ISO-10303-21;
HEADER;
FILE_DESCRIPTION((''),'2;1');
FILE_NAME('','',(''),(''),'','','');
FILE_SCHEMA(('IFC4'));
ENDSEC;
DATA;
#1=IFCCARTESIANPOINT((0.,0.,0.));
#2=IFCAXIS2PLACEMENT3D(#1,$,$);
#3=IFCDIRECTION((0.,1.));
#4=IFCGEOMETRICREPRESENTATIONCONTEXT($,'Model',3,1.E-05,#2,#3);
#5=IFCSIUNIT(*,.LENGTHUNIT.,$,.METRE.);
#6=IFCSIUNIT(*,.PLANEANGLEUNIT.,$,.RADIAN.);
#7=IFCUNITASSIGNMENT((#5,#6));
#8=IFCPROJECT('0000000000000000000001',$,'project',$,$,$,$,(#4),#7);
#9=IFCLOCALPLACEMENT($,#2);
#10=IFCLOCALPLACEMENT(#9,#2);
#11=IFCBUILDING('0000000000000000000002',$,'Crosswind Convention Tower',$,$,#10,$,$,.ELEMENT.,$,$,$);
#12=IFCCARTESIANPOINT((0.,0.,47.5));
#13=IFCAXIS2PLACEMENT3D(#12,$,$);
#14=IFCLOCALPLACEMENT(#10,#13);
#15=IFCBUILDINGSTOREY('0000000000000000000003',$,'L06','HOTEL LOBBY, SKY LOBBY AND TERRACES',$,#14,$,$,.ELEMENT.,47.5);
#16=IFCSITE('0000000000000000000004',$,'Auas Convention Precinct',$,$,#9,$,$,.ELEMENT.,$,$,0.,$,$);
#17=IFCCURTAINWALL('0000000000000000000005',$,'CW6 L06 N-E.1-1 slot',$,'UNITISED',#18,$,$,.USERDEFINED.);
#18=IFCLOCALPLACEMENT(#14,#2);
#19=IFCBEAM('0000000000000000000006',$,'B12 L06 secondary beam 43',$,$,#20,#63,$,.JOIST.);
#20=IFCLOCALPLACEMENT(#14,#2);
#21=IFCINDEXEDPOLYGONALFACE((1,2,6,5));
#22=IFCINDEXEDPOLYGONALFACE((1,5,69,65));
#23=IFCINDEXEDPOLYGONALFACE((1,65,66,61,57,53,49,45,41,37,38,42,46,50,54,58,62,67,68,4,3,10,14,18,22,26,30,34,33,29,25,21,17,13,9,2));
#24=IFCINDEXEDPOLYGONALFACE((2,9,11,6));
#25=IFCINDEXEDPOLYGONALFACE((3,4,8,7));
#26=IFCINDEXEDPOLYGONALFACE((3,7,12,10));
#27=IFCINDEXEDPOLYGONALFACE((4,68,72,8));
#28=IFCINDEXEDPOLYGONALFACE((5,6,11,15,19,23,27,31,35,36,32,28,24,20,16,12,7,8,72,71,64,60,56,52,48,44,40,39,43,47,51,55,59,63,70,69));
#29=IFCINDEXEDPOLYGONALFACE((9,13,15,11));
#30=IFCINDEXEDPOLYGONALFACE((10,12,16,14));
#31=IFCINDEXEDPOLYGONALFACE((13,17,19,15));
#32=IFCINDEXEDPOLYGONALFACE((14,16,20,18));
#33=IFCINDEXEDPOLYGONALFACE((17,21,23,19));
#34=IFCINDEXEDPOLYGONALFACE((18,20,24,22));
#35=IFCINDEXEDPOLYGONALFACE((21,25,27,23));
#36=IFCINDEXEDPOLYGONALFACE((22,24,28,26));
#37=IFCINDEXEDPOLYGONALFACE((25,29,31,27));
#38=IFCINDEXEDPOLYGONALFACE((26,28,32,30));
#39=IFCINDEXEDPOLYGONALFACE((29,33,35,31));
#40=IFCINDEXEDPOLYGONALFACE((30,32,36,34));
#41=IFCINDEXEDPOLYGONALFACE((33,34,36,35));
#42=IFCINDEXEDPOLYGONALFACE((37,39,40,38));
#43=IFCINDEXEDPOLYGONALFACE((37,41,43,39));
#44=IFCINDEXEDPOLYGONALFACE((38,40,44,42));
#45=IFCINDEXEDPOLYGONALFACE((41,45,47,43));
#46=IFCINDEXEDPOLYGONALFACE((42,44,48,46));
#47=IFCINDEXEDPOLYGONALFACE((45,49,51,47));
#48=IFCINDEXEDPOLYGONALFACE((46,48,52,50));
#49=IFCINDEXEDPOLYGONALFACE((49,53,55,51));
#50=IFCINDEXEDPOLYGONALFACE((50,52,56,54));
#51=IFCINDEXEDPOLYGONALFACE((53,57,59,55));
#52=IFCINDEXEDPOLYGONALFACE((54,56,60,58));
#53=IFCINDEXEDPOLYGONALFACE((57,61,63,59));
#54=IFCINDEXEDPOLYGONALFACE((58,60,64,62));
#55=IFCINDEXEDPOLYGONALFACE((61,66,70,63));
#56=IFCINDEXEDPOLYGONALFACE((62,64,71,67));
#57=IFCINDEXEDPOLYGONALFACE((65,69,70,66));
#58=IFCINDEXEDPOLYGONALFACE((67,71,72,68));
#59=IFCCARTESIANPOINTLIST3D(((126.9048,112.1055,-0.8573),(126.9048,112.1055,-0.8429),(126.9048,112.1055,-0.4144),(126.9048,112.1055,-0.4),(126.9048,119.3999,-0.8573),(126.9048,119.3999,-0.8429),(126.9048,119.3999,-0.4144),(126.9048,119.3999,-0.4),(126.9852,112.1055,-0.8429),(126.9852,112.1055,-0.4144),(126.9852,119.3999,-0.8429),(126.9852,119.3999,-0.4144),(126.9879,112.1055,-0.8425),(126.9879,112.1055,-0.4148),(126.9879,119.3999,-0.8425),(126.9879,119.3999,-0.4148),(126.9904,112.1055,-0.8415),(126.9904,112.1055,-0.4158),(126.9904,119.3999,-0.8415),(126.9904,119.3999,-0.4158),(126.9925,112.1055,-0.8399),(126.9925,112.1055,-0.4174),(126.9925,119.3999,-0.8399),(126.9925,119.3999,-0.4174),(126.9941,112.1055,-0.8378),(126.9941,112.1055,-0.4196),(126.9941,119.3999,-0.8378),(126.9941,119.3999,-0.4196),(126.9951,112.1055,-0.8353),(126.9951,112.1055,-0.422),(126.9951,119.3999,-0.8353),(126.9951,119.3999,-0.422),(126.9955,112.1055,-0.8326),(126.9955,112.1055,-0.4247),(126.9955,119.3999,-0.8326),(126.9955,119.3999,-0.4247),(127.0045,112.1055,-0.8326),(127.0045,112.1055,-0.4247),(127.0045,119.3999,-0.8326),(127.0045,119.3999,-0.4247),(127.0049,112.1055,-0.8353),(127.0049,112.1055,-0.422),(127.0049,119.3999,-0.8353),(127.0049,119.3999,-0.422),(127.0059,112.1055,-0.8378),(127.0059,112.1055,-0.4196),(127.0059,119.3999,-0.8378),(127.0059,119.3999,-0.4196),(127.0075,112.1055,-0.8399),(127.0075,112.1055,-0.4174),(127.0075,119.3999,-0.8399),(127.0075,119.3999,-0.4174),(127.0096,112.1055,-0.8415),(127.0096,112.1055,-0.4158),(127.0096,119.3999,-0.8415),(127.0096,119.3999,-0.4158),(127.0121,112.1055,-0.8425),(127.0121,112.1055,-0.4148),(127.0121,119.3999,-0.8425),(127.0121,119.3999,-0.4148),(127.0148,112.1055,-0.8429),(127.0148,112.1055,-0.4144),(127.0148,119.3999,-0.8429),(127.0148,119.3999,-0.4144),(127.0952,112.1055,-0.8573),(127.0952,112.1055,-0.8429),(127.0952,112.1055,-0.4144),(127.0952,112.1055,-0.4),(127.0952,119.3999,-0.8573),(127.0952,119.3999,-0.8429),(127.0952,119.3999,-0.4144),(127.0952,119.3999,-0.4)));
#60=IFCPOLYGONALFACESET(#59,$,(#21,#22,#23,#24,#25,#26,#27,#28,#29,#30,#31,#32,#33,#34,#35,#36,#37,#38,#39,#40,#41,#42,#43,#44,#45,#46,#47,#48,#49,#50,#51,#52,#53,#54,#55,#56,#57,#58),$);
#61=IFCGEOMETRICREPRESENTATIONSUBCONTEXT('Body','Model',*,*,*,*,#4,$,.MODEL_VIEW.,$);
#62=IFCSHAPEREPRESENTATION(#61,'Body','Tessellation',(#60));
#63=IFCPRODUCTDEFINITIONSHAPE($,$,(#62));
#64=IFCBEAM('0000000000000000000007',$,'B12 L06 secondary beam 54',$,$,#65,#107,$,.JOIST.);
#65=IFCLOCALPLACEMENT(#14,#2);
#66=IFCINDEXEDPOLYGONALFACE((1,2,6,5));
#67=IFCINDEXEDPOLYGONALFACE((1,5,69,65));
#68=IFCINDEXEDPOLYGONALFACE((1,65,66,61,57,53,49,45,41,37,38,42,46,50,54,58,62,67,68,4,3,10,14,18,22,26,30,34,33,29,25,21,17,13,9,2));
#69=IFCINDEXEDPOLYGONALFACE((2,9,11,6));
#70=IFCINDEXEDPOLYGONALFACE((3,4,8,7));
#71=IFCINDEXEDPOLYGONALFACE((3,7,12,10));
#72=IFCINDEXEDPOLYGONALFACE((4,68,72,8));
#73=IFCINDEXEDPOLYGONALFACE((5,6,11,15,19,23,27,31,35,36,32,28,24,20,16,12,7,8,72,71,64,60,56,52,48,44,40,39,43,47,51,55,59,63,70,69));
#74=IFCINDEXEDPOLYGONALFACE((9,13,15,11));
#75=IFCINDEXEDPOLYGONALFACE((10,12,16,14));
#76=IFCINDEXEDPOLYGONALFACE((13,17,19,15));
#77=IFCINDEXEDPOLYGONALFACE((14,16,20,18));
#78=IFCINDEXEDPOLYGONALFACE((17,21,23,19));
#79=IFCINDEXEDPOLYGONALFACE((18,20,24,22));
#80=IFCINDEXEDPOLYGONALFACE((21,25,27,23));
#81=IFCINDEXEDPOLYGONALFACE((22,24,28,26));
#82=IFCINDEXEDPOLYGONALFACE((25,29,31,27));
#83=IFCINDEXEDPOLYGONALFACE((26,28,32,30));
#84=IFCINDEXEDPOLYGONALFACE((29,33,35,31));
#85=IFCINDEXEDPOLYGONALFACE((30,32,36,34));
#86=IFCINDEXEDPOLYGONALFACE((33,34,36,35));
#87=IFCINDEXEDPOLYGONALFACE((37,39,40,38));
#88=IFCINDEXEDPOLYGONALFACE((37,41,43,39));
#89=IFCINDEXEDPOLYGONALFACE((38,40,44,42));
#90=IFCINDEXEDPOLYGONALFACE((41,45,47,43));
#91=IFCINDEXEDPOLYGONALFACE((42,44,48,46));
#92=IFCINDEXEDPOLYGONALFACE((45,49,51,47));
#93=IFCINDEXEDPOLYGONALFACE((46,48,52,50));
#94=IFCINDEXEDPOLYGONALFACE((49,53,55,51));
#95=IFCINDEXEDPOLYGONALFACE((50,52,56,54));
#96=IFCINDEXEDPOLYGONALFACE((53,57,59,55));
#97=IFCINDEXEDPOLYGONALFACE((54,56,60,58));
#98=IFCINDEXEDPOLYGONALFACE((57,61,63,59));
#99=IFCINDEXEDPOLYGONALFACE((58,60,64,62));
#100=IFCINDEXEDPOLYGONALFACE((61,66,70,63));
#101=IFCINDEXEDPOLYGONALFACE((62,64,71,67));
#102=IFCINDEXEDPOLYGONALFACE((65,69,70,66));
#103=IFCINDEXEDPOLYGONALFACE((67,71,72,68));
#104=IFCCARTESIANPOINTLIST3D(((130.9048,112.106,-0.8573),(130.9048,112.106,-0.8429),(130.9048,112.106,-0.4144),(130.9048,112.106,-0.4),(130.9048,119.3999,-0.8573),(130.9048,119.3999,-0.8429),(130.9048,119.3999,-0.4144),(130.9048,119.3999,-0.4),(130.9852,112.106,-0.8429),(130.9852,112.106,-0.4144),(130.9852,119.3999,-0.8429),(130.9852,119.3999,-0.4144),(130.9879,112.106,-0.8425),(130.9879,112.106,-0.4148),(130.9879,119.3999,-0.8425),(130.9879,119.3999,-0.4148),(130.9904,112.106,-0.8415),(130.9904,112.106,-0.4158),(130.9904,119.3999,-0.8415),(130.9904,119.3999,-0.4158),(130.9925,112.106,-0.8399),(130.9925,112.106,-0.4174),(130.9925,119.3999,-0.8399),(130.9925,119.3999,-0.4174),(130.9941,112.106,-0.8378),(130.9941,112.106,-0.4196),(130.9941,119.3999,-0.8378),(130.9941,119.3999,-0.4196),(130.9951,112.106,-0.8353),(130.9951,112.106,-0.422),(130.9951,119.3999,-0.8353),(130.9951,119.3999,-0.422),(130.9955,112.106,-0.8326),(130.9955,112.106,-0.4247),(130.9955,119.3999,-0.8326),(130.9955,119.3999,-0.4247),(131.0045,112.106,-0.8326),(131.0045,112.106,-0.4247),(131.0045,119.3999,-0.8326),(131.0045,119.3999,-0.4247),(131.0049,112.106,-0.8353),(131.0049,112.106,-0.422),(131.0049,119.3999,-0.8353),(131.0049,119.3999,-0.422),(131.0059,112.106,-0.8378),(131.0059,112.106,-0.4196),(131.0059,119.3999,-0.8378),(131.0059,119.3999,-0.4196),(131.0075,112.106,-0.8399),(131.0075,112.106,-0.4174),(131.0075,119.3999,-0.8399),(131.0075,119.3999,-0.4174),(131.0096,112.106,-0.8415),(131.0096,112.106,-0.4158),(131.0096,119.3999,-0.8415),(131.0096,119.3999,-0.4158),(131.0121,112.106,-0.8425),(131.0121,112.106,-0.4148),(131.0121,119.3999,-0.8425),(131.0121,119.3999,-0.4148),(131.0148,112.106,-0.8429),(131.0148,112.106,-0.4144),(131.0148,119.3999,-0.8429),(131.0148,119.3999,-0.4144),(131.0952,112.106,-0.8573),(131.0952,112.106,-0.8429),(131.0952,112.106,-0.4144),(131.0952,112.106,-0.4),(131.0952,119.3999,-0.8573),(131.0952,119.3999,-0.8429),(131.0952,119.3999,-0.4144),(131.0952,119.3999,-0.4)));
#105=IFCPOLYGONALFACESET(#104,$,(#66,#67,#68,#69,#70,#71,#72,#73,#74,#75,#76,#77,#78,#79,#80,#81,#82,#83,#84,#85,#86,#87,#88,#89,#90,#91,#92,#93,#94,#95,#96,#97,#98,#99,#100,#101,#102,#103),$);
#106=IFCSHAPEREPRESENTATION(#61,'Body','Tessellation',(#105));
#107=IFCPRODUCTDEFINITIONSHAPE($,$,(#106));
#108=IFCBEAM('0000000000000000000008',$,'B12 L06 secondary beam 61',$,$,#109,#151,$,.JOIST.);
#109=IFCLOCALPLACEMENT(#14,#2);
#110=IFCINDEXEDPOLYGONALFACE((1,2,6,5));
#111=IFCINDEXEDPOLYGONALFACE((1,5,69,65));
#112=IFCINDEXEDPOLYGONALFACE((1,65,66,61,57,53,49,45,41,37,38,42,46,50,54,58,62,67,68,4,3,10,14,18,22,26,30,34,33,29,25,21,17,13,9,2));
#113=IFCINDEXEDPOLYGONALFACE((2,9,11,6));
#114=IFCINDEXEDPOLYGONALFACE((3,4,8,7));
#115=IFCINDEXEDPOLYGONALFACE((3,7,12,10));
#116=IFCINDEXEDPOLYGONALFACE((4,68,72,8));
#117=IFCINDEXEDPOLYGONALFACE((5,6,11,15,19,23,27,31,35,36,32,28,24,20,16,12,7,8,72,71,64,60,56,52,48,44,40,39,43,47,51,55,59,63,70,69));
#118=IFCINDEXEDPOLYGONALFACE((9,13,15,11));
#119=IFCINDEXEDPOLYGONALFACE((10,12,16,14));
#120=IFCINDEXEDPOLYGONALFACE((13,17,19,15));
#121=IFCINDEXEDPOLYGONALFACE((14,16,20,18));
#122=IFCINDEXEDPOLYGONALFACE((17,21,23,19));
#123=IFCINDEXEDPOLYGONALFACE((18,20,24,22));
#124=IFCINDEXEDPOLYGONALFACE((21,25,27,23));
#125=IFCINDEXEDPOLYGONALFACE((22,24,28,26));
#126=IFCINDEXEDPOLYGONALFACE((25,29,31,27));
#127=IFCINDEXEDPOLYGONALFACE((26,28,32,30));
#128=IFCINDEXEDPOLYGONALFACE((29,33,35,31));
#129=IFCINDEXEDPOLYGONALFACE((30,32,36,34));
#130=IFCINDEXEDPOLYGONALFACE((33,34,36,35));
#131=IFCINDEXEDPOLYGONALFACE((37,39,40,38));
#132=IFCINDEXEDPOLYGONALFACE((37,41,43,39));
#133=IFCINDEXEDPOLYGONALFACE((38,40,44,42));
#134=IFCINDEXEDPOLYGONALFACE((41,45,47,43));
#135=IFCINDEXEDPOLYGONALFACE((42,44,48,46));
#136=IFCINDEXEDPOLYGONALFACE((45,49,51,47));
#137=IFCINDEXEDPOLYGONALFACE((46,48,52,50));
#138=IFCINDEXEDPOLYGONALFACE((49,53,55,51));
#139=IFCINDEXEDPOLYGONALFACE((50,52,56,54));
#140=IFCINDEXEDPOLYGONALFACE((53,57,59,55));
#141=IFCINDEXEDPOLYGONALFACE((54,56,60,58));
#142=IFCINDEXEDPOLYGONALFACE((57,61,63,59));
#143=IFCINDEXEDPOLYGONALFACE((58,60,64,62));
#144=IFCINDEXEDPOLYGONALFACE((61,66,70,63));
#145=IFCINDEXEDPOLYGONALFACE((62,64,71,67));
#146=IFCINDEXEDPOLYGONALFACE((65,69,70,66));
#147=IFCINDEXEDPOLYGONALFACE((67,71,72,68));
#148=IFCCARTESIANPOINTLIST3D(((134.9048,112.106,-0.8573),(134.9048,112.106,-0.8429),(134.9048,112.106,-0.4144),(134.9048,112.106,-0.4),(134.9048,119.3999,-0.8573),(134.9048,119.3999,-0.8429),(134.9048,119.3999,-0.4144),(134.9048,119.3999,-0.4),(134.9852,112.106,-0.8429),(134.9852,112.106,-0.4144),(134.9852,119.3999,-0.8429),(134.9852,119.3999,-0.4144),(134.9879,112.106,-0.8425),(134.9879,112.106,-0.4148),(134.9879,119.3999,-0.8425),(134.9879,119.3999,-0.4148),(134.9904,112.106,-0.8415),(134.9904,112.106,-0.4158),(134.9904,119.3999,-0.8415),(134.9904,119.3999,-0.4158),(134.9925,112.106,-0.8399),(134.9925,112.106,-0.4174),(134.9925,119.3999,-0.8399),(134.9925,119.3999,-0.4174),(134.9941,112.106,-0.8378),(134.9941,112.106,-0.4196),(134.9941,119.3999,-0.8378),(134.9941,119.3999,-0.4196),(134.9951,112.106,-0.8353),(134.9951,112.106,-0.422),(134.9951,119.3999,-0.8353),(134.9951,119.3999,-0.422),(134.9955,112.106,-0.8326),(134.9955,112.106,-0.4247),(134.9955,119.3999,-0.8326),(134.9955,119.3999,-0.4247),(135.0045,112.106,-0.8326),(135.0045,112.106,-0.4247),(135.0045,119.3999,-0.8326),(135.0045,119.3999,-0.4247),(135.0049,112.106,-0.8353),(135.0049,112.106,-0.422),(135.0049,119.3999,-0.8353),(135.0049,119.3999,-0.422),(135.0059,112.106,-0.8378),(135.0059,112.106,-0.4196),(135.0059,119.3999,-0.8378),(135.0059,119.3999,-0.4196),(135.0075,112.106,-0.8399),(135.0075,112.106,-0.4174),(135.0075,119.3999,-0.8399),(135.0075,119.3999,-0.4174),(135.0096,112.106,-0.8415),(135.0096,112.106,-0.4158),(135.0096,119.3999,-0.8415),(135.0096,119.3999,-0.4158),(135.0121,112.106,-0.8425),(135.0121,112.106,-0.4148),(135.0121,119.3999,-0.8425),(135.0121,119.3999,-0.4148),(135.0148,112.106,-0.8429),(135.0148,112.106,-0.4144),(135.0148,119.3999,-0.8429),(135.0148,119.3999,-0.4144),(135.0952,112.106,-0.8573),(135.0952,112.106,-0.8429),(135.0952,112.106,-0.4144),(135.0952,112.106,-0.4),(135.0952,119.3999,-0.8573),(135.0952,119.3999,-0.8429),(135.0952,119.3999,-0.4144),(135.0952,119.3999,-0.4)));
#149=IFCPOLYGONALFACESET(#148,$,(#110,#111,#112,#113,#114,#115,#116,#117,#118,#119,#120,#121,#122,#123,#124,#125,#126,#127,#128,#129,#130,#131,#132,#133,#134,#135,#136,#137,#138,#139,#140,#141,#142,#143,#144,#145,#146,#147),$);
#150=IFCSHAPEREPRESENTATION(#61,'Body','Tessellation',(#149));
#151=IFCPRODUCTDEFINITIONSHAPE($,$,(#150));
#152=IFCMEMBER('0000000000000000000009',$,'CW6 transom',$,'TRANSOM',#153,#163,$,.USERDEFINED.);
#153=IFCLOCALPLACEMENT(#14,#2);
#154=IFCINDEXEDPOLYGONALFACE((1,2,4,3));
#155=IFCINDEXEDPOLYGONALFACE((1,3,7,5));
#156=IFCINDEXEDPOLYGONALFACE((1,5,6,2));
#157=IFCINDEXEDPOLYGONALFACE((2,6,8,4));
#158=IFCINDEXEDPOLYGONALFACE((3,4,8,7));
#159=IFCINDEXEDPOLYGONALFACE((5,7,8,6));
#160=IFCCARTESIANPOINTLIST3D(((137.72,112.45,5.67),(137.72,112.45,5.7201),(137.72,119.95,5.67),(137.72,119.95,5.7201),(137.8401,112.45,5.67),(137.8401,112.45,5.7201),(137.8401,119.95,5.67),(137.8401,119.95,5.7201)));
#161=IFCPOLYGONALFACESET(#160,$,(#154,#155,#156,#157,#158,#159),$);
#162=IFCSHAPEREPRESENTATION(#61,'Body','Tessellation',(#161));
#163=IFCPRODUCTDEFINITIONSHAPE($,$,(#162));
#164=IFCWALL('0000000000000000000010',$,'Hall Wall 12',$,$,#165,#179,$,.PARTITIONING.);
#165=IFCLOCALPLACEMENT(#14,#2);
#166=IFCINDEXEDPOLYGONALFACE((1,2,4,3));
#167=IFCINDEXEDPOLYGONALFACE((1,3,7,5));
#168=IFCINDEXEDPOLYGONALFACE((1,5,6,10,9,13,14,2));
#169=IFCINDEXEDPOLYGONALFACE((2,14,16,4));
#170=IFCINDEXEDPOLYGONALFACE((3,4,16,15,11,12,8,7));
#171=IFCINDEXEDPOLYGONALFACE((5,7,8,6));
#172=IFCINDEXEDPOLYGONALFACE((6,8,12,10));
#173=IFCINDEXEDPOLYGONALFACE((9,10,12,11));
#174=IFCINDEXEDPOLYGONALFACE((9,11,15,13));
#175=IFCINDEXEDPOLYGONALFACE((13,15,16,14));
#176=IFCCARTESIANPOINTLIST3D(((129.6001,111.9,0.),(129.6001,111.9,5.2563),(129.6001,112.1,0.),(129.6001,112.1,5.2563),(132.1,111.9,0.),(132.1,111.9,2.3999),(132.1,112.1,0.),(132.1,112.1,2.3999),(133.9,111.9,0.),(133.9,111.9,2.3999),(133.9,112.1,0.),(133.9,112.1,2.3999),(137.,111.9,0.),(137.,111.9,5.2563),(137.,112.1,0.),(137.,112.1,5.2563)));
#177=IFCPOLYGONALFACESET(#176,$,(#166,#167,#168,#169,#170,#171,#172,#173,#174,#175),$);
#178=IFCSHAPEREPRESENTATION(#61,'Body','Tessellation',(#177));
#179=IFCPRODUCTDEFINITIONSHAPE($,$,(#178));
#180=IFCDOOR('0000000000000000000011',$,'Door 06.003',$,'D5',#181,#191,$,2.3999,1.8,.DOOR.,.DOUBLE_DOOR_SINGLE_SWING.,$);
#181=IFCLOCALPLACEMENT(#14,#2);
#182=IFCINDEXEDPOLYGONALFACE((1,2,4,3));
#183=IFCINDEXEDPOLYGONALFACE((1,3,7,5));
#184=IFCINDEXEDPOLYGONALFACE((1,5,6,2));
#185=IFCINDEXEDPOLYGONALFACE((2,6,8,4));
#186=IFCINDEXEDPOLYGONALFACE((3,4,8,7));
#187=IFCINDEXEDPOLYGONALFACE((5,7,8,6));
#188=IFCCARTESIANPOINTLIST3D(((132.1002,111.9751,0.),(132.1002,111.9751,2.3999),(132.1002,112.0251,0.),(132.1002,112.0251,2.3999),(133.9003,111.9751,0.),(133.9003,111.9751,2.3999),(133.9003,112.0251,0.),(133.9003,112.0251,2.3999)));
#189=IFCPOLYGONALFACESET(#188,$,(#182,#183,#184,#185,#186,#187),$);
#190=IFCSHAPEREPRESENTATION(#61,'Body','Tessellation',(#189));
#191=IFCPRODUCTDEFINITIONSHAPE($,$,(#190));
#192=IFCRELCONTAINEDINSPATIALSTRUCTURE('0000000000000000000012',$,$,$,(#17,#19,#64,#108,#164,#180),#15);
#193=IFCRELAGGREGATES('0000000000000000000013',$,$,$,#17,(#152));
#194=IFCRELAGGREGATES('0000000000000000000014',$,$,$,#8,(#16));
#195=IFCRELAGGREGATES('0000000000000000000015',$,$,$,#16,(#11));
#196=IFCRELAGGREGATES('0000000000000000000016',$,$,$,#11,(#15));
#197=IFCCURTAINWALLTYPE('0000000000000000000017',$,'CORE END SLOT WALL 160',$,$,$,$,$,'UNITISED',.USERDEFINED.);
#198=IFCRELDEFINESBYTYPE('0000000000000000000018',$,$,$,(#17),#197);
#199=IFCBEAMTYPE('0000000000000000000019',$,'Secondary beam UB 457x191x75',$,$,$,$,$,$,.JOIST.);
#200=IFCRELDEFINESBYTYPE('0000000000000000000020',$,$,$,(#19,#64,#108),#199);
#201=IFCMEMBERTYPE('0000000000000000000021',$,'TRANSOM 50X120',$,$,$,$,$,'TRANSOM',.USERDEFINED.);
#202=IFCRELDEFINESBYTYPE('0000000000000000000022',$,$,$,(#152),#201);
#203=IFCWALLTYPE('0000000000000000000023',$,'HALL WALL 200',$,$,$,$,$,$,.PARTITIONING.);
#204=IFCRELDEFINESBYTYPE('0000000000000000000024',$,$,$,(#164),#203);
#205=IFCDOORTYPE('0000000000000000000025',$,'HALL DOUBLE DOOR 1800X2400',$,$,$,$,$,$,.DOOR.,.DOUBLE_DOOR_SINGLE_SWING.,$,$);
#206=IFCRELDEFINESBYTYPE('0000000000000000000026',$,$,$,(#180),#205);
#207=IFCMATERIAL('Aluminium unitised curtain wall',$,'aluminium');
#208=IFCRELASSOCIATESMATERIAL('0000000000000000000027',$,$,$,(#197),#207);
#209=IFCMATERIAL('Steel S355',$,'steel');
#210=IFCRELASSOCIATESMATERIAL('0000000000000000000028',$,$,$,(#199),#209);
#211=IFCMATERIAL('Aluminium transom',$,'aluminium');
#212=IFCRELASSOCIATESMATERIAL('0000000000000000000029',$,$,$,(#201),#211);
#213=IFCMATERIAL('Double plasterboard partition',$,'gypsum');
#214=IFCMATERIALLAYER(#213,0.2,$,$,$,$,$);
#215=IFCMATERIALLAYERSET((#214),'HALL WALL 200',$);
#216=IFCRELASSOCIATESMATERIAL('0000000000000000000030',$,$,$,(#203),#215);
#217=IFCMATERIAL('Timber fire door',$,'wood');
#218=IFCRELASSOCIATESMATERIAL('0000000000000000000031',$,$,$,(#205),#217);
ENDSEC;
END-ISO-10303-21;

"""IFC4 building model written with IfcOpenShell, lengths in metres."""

from ifc_helpers import new_model, si_unit, direction, frame, frame_2d, origin, origin_2d, place, context, subcontext, project, spatial, rectangle, i_section, extrude, material, layer, layer_set, material_profile, profile_set, type_object, element, fill, aggregate, save


model = new_model("IFC4")

# Units and contexts
model_context = context("Model", 3, precision=1e-05, world=origin(), true_north=direction((0.0, 1.0)))
body_context = subcontext(model_context, "Body", "Model", "MODEL_VIEW")
ifc_project = project(units=[si_unit("LENGTHUNIT", "METRE"), si_unit("PLANEANGLEUNIT", "RADIAN")], contexts=[model_context])

# Site, building, storey
site_placement = place(None, origin())
site = spatial("IfcSite", under=ifc_project, at=site_placement, Name="Auas Convention Precinct", CompositionType="ELEMENT", RefElevation=0.0)
building_placement = place(site_placement, origin())
building = spatial("IfcBuilding", under=site, at=building_placement, Name="Crosswind Convention Tower", CompositionType="ELEMENT")
storey_placement = place(building_placement, frame((0.0, 0.0, 47.5)))
storey = spatial("IfcBuildingStorey", under=building, at=storey_placement, Name="L06", Description="HOTEL LOBBY, SKY LOBBY AND TERRACES", CompositionType="ELEMENT", Elevation=47.5)

# Shared definitions
ifc_material_1 = material(Name="Steel S355", Category="steel")

# Curtain wall
ifc_material_2 = material(Name="Aluminium unitised curtain wall", Category="aluminium")
curtain_wall_type = type_object("IfcCurtainWallType", Name="CORE END SLOT WALL 160", ElementType="UNITISED", PredefinedType="USERDEFINED", material=ifc_material_2)
curtain_wall_placement = place(storey_placement, origin())
curtain_wall = element("IfcCurtainWall", 1, at=curtain_wall_placement, inside=storey, type_object=curtain_wall_type, Name="CW6 L06 N-E.1-1 slot", ObjectType="UNITISED", PredefinedType="USERDEFINED")

# Beams
ifc_material_profile_1 = material_profile(ifc_material_1, i_section(OverallWidth=0.1904, OverallDepth=0.4573, WebThickness=0.009, FlangeThickness=0.0144, FilletRadius=0.0103, at=origin_2d()), Name="UB 457x191x75")
ifc_profile_set_1 = profile_set([ifc_material_profile_1], Name="Steel S355")
beam_type_1 = type_object("IfcBeamType", Name="Secondary beam UB 457x191x75", PredefinedType="JOIST", material=ifc_profile_set_1)
for number, where, z_axis, x_axis, name in (
    (2, (127.0, 112.1055, -0.6287), (0.0, 1.0, 0.0), (-1.0, 0.0, 0.0), "B12 L06 secondary beam 43"),
):
    element("IfcBeam", number, at=place(storey_placement, frame(where, z_axis=z_axis, x_axis=x_axis)), inside=storey, type_object=beam_type_1, Name=name, PredefinedType="JOIST", context=body_context, shape_type="SweptSolid", body=[
        extrude(i_section(OverallWidth=0.1904, OverallDepth=0.4573, WebThickness=0.009, FlangeThickness=0.0144, FilletRadius=0.0103, at=origin_2d()), origin(), (0.0, 0.0, 1.0), 7.2944),
    ])
for number, where, z_axis, x_axis, name in (
    (3, (131.0, 112.106, -0.6287), (0.0, 1.0, 0.0), (-1.0, 0.0, 0.0), "B12 L06 secondary beam 54"),
    (4, (135.0, 112.106, -0.6287), (0.0, 1.0, 0.0), (-1.0, 0.0, 0.0), "B12 L06 secondary beam 61"),
):
    element("IfcBeam", number, at=place(storey_placement, frame(where, z_axis=z_axis, x_axis=x_axis)), inside=storey, type_object=beam_type_1, Name=name, PredefinedType="JOIST", context=body_context, shape_type="SweptSolid", body=[
        extrude(i_section(OverallWidth=0.1904, OverallDepth=0.4573, WebThickness=0.009, FlangeThickness=0.0144, FilletRadius=0.0103, at=origin_2d()), origin(), (0.0, 0.0, 1.0), 7.2939),
    ])

# Member
ifc_material_3 = material(Name="Aluminium transom", Category="aluminium")
ifc_material_profile_2 = material_profile(ifc_material_3, rectangle(XDim=0.1201, YDim=0.05, at=origin_2d()), Name="AL 120X50")
ifc_profile_set_2 = profile_set([ifc_material_profile_2], Name="Aluminium transom")
member_type_1 = type_object("IfcMemberType", Name="TRANSOM 50X120", ElementType="TRANSOM", PredefinedType="USERDEFINED", material=ifc_profile_set_2)
member_1_placement = place(storey_placement, frame((137.78, 112.45, 5.6951), z_axis=(0.0, 1.0, 0.0), x_axis=(-1.0, 0.0, 0.0)))
member_1 = element("IfcMember", 5, at=member_1_placement, type_object=member_type_1, Name="CW6 transom", ObjectType="TRANSOM", PredefinedType="USERDEFINED", context=body_context, shape_type="SweptSolid", body=[
    extrude(rectangle(XDim=0.1201, YDim=0.05, at=origin_2d()), origin(), (0.0, 0.0, 1.0), 7.5),
])
aggregate(curtain_wall, [member_1])

# Wall, opening, door
ifc_material_4 = material(Name="Double plasterboard partition", Category="gypsum")
ifc_layer_1 = layer(ifc_material_4, 0.2)
ifc_layer_set_1 = layer_set([ifc_layer_1], Name="HALL WALL 200")
wall_type_1 = type_object("IfcWallType", Name="HALL WALL 200", PredefinedType="PARTITIONING", material=ifc_layer_set_1)
ifc_material_5 = material(Name="Timber fire door", Category="wood")
door_type_1 = type_object("IfcDoorType", Name="HALL DOUBLE DOOR 1800X2400", OperationType="DOUBLE_DOOR_SINGLE_SWING", PredefinedType="DOOR", material=ifc_material_5)
wall_1_placement = place(storey_placement, frame((129.6001, 112.0, 0.0), z_axis=(0.0, 0.0, 1.0), x_axis=(1.0, 0.0, 0.0)))
wall_1 = element("IfcWall", 6, at=wall_1_placement, inside=storey, type_object=wall_type_1, Name="Hall Wall 12", PredefinedType="PARTITIONING", context=body_context, shape_type="SweptSolid", body=[
    extrude(rectangle(XDim=7.3999, YDim=0.2, at=frame_2d((3.7, 0.0))), origin(), (0.0, 0.0, 1.0), 5.2563),
])
opening_1_placement = place(wall_1_placement, frame((2.5, 0.0, 0.0)))
opening_1 = element("IfcOpeningElement", 7, at=opening_1_placement, cuts=wall_1, PredefinedType="OPENING", context=body_context, shape_type="SweptSolid", body=[
    extrude(rectangle(XDim=1.8, YDim=2.3999, at=frame_2d((0.8999, 1.2))), frame((0.0, 0.1099, 0.0), z_axis=(0.0, -1.0, 0.0), x_axis=(1.0, 0.0, 0.0)), (0.0, 0.0, 1.0), 0.22),
])
door_1_placement = place(opening_1_placement, frame((1.8, 0.0, 0.0), z_axis=(0.0, 0.0, 1.0), x_axis=(-1.0, 0.0, 0.0)))
door_1 = element("IfcDoor", 8, at=door_1_placement, inside=storey, type_object=door_type_1, Name="Door 06.003", ObjectType="D5", OperationType="DOUBLE_DOOR_SINGLE_SWING", OverallHeight=2.3999, OverallWidth=1.8, PredefinedType="DOOR", context=body_context, shape_type="SweptSolid", body=[
    extrude(rectangle(XDim=1.8, YDim=2.3999, at=frame_2d((0.8999, 1.2))), frame((0.0, 0.0249, 0.0), z_axis=(0.0, -1.0, 0.0), x_axis=(1.0, 0.0, 0.0)), (0.0, 0.0, 1.0), 0.05),
])
fill(opening_1, door_1)

save(model, "model.ifc")
